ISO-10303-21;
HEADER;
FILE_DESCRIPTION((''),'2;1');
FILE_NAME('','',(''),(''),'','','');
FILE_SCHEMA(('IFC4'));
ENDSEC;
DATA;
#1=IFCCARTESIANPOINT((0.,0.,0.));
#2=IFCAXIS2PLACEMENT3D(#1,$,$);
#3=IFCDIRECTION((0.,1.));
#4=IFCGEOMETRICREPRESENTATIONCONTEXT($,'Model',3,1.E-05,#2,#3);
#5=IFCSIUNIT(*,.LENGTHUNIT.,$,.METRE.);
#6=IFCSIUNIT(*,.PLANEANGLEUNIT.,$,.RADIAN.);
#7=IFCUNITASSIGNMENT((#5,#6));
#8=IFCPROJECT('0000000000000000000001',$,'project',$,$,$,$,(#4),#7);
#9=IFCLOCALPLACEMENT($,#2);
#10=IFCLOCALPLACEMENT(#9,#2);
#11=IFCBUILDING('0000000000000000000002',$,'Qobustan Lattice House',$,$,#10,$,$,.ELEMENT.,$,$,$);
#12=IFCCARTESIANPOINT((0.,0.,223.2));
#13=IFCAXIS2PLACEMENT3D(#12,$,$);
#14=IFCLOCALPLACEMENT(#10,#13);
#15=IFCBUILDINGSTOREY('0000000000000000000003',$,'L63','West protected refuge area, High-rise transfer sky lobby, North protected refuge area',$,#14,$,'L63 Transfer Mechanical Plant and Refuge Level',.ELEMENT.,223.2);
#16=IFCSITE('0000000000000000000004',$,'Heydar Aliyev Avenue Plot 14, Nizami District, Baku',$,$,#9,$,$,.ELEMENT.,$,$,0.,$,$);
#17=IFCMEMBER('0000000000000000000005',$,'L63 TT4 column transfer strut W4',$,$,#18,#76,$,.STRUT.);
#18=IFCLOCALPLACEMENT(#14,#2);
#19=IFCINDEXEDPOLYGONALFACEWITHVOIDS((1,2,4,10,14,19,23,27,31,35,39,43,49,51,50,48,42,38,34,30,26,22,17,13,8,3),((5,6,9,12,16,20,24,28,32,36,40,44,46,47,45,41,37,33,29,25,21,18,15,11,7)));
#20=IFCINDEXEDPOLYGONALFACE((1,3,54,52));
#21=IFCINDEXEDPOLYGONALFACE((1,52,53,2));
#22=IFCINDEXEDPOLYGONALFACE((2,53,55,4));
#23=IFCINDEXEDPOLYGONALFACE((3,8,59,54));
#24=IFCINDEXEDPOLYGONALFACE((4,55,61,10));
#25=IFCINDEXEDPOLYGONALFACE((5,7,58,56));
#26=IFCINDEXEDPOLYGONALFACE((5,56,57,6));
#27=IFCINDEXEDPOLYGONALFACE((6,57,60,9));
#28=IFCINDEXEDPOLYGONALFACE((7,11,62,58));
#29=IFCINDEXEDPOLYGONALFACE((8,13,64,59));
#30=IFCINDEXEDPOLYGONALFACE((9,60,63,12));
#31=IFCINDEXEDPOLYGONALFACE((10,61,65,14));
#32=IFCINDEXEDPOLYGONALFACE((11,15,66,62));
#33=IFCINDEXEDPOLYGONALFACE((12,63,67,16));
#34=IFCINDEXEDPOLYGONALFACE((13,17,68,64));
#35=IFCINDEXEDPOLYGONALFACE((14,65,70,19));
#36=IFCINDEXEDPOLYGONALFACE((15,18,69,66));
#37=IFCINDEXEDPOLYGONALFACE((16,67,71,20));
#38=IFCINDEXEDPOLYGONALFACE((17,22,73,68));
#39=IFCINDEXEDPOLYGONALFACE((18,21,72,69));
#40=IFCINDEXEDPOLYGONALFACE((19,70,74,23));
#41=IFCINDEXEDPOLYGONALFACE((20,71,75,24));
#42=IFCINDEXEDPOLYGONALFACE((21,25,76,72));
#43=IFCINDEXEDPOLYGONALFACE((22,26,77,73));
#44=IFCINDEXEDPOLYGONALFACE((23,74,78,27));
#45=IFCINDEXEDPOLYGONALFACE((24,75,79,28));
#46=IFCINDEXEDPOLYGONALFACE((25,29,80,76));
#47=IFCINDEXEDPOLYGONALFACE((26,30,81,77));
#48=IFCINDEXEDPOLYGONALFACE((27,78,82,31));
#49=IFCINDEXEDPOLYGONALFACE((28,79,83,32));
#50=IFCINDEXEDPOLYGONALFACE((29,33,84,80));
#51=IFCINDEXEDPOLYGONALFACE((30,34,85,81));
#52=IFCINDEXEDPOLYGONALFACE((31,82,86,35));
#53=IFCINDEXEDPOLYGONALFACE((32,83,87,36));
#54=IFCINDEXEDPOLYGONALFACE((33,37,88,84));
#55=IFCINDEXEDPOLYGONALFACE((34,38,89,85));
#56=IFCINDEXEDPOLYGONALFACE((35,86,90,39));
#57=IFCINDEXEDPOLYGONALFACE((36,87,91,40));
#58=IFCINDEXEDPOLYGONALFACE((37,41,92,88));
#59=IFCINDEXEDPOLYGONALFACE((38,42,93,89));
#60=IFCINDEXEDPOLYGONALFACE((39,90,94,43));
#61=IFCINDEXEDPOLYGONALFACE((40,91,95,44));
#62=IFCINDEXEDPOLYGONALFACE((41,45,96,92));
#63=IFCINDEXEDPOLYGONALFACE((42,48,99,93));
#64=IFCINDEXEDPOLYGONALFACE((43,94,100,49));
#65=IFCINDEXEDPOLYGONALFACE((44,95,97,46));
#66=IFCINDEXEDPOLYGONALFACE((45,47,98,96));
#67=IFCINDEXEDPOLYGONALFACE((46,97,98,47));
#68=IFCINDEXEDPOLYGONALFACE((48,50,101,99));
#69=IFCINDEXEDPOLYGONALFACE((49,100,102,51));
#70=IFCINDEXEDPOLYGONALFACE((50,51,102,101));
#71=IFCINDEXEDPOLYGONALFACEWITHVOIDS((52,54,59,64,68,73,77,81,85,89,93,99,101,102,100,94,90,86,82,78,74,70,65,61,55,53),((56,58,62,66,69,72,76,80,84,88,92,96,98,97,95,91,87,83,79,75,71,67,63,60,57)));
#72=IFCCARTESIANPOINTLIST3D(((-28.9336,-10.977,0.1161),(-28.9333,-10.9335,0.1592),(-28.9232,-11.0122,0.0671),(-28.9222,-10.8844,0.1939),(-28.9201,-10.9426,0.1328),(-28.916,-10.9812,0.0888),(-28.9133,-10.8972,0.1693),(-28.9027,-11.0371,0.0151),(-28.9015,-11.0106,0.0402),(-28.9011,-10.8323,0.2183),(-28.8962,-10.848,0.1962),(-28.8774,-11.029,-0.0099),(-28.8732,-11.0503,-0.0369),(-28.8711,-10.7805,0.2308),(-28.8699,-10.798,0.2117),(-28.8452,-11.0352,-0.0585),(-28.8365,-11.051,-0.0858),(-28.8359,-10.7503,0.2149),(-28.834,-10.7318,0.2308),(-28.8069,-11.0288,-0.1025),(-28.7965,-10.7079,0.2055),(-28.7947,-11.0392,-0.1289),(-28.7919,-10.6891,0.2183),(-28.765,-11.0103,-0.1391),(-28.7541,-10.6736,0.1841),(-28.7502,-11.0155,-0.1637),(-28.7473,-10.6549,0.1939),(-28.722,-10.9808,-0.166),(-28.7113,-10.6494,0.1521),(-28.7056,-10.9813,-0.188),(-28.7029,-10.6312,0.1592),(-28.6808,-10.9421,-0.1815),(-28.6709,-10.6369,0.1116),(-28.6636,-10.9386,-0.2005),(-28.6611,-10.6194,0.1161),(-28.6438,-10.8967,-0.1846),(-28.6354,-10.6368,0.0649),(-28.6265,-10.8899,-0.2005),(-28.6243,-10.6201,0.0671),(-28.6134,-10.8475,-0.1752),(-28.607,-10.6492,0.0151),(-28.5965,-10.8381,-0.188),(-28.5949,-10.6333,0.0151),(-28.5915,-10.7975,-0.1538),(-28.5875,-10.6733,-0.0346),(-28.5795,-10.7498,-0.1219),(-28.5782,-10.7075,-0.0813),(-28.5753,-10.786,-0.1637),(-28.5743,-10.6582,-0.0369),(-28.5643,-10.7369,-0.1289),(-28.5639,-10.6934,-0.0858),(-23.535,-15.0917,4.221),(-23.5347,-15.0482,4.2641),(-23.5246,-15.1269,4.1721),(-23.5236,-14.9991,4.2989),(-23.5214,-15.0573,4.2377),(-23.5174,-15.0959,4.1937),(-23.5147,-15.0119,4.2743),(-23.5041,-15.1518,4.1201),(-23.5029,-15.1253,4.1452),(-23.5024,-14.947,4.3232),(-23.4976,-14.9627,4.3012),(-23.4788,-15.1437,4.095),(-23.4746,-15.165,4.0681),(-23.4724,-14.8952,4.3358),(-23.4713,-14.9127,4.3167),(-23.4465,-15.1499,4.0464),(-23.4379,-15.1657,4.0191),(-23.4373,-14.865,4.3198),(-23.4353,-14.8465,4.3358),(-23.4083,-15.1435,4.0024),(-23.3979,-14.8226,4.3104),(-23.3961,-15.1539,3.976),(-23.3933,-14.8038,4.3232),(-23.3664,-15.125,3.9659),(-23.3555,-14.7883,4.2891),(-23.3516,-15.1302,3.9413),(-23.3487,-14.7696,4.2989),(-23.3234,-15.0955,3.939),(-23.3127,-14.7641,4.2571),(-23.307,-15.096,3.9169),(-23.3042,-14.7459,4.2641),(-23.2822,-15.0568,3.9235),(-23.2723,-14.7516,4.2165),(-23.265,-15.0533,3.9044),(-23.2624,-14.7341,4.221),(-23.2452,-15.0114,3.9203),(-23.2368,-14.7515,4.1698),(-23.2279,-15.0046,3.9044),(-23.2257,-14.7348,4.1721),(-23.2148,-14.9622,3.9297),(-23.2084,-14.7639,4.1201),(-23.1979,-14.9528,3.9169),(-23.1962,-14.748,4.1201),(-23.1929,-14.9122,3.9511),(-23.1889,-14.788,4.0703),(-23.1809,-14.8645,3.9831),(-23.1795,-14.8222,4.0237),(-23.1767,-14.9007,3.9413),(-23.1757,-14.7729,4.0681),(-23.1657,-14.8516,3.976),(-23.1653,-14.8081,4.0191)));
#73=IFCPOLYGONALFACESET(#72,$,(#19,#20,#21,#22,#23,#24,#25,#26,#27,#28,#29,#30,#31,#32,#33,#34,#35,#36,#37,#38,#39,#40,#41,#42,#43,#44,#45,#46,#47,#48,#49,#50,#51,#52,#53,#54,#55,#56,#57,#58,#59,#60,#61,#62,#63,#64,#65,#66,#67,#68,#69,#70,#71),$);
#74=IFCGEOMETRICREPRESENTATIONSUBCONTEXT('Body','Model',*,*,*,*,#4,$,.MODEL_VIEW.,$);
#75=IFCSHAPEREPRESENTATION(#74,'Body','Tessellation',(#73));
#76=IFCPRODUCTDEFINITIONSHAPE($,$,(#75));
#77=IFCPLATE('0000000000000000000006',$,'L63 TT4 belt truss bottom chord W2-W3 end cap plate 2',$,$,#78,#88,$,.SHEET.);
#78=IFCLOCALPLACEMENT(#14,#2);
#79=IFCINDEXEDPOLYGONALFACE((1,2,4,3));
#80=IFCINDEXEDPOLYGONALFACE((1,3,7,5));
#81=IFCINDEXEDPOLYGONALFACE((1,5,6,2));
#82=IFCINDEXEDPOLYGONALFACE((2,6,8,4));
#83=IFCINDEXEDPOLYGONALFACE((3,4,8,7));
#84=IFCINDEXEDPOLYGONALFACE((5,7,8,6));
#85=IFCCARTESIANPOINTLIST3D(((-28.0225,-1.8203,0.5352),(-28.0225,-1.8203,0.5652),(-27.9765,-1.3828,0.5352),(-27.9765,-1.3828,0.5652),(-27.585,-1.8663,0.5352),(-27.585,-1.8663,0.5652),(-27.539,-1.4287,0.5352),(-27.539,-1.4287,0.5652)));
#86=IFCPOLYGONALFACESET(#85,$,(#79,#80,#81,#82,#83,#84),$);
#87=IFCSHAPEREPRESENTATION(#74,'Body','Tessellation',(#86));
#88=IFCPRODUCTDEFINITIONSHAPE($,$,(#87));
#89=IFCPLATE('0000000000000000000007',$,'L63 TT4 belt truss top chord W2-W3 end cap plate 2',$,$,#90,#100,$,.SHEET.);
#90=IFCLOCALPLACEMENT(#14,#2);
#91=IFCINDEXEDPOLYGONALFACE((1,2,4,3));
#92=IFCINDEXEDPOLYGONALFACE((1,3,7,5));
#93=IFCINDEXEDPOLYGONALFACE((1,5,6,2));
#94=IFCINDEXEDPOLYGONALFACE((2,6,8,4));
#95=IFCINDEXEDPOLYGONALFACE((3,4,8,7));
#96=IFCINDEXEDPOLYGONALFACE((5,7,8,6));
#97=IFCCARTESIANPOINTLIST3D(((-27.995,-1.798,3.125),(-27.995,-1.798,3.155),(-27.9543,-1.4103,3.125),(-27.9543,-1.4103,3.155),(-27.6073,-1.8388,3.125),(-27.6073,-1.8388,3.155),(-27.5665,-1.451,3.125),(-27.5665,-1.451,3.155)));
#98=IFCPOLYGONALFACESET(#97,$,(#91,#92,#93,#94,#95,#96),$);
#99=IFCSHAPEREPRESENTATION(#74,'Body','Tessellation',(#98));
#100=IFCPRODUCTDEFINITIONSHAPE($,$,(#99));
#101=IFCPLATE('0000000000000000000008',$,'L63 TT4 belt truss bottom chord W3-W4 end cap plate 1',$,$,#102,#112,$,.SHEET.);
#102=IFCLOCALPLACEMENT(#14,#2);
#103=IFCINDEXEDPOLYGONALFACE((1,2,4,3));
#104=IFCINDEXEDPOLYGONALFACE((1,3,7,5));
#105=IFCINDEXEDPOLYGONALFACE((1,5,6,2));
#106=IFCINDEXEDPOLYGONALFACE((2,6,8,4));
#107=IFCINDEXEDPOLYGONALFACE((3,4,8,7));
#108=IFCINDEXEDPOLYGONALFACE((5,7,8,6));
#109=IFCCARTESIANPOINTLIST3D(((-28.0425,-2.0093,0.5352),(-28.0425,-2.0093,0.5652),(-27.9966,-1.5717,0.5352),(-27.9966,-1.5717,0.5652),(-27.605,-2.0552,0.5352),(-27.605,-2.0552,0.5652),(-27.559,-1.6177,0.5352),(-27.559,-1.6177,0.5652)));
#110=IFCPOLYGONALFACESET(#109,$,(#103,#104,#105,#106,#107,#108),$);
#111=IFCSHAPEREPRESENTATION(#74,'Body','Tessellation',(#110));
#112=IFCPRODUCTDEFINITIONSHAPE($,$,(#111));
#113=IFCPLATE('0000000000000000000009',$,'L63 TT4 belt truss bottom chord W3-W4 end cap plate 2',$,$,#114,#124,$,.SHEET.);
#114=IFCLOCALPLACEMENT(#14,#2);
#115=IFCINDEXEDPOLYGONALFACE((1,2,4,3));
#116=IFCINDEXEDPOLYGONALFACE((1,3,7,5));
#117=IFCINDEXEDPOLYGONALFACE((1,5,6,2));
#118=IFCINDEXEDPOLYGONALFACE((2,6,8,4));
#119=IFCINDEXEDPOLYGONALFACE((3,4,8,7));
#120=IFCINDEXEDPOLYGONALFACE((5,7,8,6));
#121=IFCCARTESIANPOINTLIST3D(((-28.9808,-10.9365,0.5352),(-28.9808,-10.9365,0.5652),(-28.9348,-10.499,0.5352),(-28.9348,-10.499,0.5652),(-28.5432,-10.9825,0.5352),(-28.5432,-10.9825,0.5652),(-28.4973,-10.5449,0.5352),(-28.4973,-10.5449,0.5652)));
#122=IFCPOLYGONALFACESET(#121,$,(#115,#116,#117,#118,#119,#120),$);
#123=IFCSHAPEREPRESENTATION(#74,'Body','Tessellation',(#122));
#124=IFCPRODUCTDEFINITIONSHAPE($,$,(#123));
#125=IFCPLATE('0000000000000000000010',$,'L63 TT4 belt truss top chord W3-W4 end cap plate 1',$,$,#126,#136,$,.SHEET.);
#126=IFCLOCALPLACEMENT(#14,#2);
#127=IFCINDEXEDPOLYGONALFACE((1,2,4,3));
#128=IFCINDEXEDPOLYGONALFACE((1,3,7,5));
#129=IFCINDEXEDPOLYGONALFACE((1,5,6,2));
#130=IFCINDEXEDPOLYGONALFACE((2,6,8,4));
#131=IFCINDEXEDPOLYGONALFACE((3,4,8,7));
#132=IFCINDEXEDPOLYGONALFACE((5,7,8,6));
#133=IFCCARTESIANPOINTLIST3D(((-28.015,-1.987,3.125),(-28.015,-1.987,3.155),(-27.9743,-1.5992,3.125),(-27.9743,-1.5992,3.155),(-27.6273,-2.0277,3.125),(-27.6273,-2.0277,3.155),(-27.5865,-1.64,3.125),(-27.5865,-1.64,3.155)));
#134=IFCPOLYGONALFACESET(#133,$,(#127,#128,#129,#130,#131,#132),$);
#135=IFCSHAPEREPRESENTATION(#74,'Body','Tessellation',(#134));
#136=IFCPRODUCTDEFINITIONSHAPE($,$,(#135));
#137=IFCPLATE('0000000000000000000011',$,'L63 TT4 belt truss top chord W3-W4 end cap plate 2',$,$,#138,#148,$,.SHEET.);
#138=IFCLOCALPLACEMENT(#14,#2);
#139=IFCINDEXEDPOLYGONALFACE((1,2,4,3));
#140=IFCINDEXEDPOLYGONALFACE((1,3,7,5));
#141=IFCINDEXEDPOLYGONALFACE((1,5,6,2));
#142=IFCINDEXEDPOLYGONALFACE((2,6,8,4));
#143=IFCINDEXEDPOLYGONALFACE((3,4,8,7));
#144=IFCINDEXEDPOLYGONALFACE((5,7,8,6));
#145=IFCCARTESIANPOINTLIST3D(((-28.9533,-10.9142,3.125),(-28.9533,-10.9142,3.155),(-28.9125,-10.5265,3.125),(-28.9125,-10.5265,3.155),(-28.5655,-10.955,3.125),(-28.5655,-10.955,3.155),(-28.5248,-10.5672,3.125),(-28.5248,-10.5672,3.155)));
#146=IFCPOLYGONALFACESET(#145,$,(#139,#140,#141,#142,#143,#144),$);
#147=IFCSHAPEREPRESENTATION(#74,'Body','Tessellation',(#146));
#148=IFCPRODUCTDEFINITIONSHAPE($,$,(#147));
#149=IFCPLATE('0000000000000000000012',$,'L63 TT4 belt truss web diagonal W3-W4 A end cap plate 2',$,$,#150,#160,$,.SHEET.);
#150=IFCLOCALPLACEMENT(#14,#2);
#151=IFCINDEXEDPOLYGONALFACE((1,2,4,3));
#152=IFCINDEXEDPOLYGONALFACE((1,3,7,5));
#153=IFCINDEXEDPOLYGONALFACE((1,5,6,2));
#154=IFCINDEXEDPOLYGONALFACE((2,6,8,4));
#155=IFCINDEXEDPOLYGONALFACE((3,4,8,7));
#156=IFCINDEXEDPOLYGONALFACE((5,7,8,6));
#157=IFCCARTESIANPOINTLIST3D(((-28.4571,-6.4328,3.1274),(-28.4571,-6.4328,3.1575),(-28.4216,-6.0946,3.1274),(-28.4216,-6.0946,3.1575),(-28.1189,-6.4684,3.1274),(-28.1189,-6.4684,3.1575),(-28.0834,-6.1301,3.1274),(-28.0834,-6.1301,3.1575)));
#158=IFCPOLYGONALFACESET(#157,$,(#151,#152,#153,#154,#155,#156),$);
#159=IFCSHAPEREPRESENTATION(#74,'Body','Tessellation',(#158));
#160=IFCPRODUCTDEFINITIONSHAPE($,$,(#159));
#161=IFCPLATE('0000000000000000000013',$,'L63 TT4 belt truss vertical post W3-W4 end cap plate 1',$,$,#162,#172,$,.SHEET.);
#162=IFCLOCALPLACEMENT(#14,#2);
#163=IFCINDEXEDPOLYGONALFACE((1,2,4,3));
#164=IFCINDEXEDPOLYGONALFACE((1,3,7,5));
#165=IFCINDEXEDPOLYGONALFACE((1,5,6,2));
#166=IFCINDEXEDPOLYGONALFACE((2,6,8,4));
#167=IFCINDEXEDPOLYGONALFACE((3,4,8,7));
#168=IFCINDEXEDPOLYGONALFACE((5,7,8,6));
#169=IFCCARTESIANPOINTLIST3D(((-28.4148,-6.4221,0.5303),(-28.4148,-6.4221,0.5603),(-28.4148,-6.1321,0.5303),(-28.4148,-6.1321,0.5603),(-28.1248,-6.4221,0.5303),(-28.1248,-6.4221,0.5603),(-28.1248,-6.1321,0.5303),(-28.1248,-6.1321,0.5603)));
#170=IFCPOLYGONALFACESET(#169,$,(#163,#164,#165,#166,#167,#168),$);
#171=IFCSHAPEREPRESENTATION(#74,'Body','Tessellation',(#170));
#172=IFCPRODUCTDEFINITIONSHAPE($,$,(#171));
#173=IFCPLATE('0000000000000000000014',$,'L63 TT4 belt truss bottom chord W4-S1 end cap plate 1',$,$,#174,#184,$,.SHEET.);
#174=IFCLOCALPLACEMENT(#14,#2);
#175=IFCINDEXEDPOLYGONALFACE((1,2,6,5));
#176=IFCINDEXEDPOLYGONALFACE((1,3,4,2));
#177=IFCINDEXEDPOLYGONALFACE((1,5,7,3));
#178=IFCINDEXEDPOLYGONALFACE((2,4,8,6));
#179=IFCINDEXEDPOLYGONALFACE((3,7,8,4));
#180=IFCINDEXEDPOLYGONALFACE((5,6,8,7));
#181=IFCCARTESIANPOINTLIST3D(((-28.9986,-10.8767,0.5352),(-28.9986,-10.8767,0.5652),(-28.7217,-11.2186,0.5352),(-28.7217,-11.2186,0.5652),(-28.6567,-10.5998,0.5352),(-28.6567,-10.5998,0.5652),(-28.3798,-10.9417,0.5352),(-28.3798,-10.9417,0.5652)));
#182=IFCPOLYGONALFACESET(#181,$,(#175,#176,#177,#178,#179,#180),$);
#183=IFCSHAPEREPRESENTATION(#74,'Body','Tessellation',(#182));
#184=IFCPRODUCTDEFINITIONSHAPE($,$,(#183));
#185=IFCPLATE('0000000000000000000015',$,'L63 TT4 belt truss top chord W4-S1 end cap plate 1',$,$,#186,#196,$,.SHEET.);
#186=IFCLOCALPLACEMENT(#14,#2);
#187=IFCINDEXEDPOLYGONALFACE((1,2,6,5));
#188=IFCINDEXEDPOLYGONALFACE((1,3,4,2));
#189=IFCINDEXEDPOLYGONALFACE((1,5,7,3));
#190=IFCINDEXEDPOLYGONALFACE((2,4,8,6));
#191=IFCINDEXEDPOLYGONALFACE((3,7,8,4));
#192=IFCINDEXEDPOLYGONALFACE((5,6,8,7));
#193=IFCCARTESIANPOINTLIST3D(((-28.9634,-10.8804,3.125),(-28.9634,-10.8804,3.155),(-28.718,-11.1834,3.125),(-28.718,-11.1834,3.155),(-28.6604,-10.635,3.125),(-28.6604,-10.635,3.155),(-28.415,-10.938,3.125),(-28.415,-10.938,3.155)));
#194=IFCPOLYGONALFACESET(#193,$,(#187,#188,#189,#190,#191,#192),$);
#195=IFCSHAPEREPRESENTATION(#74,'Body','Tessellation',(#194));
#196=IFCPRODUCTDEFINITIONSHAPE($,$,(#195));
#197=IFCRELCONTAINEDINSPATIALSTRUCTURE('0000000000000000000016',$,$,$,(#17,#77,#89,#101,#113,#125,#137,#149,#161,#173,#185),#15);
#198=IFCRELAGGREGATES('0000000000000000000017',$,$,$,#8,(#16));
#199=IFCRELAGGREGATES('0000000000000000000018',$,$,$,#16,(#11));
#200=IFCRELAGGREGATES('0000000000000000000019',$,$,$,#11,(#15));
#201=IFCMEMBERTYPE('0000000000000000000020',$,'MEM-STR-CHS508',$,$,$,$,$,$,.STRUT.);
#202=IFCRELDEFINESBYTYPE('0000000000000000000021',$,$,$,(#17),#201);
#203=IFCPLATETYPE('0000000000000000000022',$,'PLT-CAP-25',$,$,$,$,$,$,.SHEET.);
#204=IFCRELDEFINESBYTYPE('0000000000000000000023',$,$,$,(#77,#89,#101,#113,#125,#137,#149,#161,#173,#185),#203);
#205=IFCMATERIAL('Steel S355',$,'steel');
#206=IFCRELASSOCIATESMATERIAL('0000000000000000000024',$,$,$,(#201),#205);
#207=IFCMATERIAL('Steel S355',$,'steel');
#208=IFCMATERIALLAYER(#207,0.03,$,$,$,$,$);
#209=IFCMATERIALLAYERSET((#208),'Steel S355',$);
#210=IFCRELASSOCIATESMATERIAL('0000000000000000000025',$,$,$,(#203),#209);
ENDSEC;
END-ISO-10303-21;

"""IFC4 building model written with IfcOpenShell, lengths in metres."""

from ifc_helpers import new_model, si_unit, direction, frame, origin, origin_2d, place, context, subcontext, project, spatial, rectangle, hollow_circle, extrude, material, layer, layer_set, material_profile, profile_set, type_object, element, save


model = new_model("IFC4")

# Units and contexts
model_context = context("Model", 3, precision=1e-05, world=origin(), true_north=direction((0.0, 1.0)))
body_context = subcontext(model_context, "Body", "Model", "MODEL_VIEW")
ifc_project = project(units=[si_unit("LENGTHUNIT", "METRE"), si_unit("PLANEANGLEUNIT", "RADIAN")], contexts=[model_context])

# Site, building, storey
site_placement = place(None, origin())
site = spatial("IfcSite", under=ifc_project, at=site_placement, Name="Heydar Aliyev Avenue Plot 14, Nizami District, Baku", CompositionType="ELEMENT", RefElevation=0.0)
building_placement = place(site_placement, origin())
building = spatial("IfcBuilding", under=site, at=building_placement, Name="Qobustan Lattice House", CompositionType="ELEMENT")
storey_placement = place(building_placement, frame((0.0, 0.0, 223.2)))
storey = spatial("IfcBuildingStorey", under=building, at=storey_placement, Name="L63", Description="West protected refuge area, High-rise transfer sky lobby, North protected refuge area", LongName="L63 Transfer Mechanical Plant and Refuge Level", CompositionType="ELEMENT", Elevation=223.2)

# Member
ifc_material_1 = material(Name="Steel S355", Category="steel")
ifc_material_profile_1 = material_profile(ifc_material_1, hollow_circle(Radius=0.2539, WallThickness=0.02, at=origin_2d()), Name="CHS508x20")
ifc_profile_set_1 = profile_set([ifc_material_profile_1], Name="Steel S355")
member_type_1 = type_object("IfcMemberType", Name="MEM-STR-CHS508", PredefinedType="STRUT", material=ifc_profile_set_1)
member_1_placement = place(storey_placement, frame((-28.7488, -10.8352, 0.0151), z_axis=(0.68056, -0.518707, 0.517476), x_axis=(0.60618, 0.795328, 0.0)))
element("IfcMember", 1, at=member_1_placement, inside=storey, type_object=member_type_1, Name="L63 TT4 column transfer strut W4", PredefinedType="STRUT", context=body_context, shape_type="SweptSolid", body=[
    extrude(hollow_circle(Radius=0.2539, WallThickness=0.02, at=origin_2d()), origin(), (0.0, 0.0, 1.0), 7.9326),
])

# Plates
ifc_material_2 = material(Name="Steel S355", Category="steel")
ifc_layer_1 = layer(ifc_material_2, 0.03)
ifc_layer_set_1 = layer_set([ifc_layer_1], Name="Steel S355")
plate_type = type_object("IfcPlateType", Name="PLT-CAP-25", PredefinedType="SHEET", material=ifc_layer_set_1)
plate_1_placement = place(storey_placement, frame((-27.7808, -1.6245, 0.5352), z_axis=(0.0, 0.0, 1.0), x_axis=(-0.104528, -0.994522, 0.0)))
element("IfcPlate", 2, at=plate_1_placement, inside=storey, type_object=plate_type, Name="L63 TT4 belt truss bottom chord W2-W3 end cap plate 2", PredefinedType="SHEET", context=body_context, shape_type="SweptSolid", body=[
    extrude(rectangle(XDim=0.4399, YDim=0.4399, at=origin_2d()), origin(), (0.0, 0.0, 1.0), 0.03),
])
plate_2_placement = place(storey_placement, frame((-27.7808, -1.6245, 3.125), z_axis=(0.0, 0.0, 1.0), x_axis=(-0.104528, -0.994522, 0.0)))
element("IfcPlate", 3, at=plate_2_placement, inside=storey, type_object=plate_type, Name="L63 TT4 belt truss top chord W2-W3 end cap plate 2", PredefinedType="SHEET", context=body_context, shape_type="SweptSolid", body=[
    extrude(rectangle(XDim=0.3899, YDim=0.3899, at=origin_2d()), origin(), (0.0, 0.0, 1.0), 0.03),
])
for number, where, z_axis, x_axis, name in (
    (4, (-27.8008, -1.8135, 0.5352), (0.0, 0.0, 1.0), (-0.104511, -0.994524, 0.0), "L63 TT4 belt truss bottom chord W3-W4 end cap plate 1"),
    (5, (-28.739, -10.7407, 0.5352), (0.0, 0.0, 1.0), (-0.104511, -0.994524, 0.0), "L63 TT4 belt truss bottom chord W3-W4 end cap plate 2"),
):
    element("IfcPlate", number, at=place(storey_placement, frame(where, z_axis=z_axis, x_axis=x_axis)), inside=storey, type_object=plate_type, Name=name, PredefinedType="SHEET", context=body_context, shape_type="SweptSolid", body=[
        extrude(rectangle(XDim=0.4399, YDim=0.4399, at=origin_2d()), origin(), (0.0, 0.0, 1.0), 0.03),
    ])
for number, where, z_axis, x_axis, name in (
    (6, (-27.8008, -1.8135, 3.125), (0.0, 0.0, 1.0), (-0.104511, -0.994524, 0.0), "L63 TT4 belt truss top chord W3-W4 end cap plate 1"),
    (7, (-28.739, -10.7407, 3.125), (0.0, 0.0, 1.0), (-0.104511, -0.994524, 0.0), "L63 TT4 belt truss top chord W3-W4 end cap plate 2"),
):
    element("IfcPlate", number, at=place(storey_placement, frame(where, z_axis=z_axis, x_axis=x_axis)), inside=storey, type_object=plate_type, Name=name, PredefinedType="SHEET", context=body_context, shape_type="SweptSolid", body=[
        extrude(rectangle(XDim=0.3899, YDim=0.3899, at=origin_2d()), origin(), (0.0, 0.0, 1.0), 0.03),
    ])
plate_3_placement = place(storey_placement, frame((-28.2703, -6.2815, 3.1274), z_axis=(0.0, 0.0, 1.0), x_axis=(-0.104494, -0.994526, 0.0)))
element("IfcPlate", 8, at=plate_3_placement, inside=storey, type_object=plate_type, Name="L63 TT4 belt truss web diagonal W3-W4 A end cap plate 2", PredefinedType="SHEET", context=body_context, shape_type="SweptSolid", body=[
    extrude(rectangle(XDim=0.3401, YDim=0.3401, at=origin_2d()), origin(), (0.0, 0.0, 1.0), 0.03),
])
plate_4_placement = place(storey_placement, frame((-28.2698, -6.2771, 0.5303), z_axis=(0.0, 0.0, 1.0), x_axis=(1.0, 0.0, 0.0)))
element("IfcPlate", 9, at=plate_4_placement, inside=storey, type_object=plate_type, Name="L63 TT4 belt truss vertical post W3-W4 end cap plate 1", PredefinedType="SHEET", context=body_context, shape_type="SweptSolid", body=[
    extrude(rectangle(XDim=0.29, YDim=0.29, at=origin_2d()), origin(), (0.0, 0.0, 1.0), 0.03),
])
plate_5_placement = place(storey_placement, frame((-28.6892, -10.9092, 0.5352), z_axis=(0.0, 0.0, 1.0), x_axis=(0.629307, -0.777157, 0.0)))
element("IfcPlate", 10, at=plate_5_placement, inside=storey, type_object=plate_type, Name="L63 TT4 belt truss bottom chord W4-S1 end cap plate 1", PredefinedType="SHEET", context=body_context, shape_type="SweptSolid", body=[
    extrude(rectangle(XDim=0.4399, YDim=0.4399, at=origin_2d()), origin(), (0.0, 0.0, 1.0), 0.03),
])
plate_6_placement = place(storey_placement, frame((-28.6892, -10.9092, 3.125), z_axis=(0.0, 0.0, 1.0), x_axis=(0.629307, -0.777157, 0.0)))
element("IfcPlate", 11, at=plate_6_placement, inside=storey, type_object=plate_type, Name="L63 TT4 belt truss top chord W4-S1 end cap plate 1", PredefinedType="SHEET", context=body_context, shape_type="SweptSolid", body=[
    extrude(rectangle(XDim=0.3899, YDim=0.3899, at=origin_2d()), origin(), (0.0, 0.0, 1.0), 0.03),
])

save(model, "model.ifc")
